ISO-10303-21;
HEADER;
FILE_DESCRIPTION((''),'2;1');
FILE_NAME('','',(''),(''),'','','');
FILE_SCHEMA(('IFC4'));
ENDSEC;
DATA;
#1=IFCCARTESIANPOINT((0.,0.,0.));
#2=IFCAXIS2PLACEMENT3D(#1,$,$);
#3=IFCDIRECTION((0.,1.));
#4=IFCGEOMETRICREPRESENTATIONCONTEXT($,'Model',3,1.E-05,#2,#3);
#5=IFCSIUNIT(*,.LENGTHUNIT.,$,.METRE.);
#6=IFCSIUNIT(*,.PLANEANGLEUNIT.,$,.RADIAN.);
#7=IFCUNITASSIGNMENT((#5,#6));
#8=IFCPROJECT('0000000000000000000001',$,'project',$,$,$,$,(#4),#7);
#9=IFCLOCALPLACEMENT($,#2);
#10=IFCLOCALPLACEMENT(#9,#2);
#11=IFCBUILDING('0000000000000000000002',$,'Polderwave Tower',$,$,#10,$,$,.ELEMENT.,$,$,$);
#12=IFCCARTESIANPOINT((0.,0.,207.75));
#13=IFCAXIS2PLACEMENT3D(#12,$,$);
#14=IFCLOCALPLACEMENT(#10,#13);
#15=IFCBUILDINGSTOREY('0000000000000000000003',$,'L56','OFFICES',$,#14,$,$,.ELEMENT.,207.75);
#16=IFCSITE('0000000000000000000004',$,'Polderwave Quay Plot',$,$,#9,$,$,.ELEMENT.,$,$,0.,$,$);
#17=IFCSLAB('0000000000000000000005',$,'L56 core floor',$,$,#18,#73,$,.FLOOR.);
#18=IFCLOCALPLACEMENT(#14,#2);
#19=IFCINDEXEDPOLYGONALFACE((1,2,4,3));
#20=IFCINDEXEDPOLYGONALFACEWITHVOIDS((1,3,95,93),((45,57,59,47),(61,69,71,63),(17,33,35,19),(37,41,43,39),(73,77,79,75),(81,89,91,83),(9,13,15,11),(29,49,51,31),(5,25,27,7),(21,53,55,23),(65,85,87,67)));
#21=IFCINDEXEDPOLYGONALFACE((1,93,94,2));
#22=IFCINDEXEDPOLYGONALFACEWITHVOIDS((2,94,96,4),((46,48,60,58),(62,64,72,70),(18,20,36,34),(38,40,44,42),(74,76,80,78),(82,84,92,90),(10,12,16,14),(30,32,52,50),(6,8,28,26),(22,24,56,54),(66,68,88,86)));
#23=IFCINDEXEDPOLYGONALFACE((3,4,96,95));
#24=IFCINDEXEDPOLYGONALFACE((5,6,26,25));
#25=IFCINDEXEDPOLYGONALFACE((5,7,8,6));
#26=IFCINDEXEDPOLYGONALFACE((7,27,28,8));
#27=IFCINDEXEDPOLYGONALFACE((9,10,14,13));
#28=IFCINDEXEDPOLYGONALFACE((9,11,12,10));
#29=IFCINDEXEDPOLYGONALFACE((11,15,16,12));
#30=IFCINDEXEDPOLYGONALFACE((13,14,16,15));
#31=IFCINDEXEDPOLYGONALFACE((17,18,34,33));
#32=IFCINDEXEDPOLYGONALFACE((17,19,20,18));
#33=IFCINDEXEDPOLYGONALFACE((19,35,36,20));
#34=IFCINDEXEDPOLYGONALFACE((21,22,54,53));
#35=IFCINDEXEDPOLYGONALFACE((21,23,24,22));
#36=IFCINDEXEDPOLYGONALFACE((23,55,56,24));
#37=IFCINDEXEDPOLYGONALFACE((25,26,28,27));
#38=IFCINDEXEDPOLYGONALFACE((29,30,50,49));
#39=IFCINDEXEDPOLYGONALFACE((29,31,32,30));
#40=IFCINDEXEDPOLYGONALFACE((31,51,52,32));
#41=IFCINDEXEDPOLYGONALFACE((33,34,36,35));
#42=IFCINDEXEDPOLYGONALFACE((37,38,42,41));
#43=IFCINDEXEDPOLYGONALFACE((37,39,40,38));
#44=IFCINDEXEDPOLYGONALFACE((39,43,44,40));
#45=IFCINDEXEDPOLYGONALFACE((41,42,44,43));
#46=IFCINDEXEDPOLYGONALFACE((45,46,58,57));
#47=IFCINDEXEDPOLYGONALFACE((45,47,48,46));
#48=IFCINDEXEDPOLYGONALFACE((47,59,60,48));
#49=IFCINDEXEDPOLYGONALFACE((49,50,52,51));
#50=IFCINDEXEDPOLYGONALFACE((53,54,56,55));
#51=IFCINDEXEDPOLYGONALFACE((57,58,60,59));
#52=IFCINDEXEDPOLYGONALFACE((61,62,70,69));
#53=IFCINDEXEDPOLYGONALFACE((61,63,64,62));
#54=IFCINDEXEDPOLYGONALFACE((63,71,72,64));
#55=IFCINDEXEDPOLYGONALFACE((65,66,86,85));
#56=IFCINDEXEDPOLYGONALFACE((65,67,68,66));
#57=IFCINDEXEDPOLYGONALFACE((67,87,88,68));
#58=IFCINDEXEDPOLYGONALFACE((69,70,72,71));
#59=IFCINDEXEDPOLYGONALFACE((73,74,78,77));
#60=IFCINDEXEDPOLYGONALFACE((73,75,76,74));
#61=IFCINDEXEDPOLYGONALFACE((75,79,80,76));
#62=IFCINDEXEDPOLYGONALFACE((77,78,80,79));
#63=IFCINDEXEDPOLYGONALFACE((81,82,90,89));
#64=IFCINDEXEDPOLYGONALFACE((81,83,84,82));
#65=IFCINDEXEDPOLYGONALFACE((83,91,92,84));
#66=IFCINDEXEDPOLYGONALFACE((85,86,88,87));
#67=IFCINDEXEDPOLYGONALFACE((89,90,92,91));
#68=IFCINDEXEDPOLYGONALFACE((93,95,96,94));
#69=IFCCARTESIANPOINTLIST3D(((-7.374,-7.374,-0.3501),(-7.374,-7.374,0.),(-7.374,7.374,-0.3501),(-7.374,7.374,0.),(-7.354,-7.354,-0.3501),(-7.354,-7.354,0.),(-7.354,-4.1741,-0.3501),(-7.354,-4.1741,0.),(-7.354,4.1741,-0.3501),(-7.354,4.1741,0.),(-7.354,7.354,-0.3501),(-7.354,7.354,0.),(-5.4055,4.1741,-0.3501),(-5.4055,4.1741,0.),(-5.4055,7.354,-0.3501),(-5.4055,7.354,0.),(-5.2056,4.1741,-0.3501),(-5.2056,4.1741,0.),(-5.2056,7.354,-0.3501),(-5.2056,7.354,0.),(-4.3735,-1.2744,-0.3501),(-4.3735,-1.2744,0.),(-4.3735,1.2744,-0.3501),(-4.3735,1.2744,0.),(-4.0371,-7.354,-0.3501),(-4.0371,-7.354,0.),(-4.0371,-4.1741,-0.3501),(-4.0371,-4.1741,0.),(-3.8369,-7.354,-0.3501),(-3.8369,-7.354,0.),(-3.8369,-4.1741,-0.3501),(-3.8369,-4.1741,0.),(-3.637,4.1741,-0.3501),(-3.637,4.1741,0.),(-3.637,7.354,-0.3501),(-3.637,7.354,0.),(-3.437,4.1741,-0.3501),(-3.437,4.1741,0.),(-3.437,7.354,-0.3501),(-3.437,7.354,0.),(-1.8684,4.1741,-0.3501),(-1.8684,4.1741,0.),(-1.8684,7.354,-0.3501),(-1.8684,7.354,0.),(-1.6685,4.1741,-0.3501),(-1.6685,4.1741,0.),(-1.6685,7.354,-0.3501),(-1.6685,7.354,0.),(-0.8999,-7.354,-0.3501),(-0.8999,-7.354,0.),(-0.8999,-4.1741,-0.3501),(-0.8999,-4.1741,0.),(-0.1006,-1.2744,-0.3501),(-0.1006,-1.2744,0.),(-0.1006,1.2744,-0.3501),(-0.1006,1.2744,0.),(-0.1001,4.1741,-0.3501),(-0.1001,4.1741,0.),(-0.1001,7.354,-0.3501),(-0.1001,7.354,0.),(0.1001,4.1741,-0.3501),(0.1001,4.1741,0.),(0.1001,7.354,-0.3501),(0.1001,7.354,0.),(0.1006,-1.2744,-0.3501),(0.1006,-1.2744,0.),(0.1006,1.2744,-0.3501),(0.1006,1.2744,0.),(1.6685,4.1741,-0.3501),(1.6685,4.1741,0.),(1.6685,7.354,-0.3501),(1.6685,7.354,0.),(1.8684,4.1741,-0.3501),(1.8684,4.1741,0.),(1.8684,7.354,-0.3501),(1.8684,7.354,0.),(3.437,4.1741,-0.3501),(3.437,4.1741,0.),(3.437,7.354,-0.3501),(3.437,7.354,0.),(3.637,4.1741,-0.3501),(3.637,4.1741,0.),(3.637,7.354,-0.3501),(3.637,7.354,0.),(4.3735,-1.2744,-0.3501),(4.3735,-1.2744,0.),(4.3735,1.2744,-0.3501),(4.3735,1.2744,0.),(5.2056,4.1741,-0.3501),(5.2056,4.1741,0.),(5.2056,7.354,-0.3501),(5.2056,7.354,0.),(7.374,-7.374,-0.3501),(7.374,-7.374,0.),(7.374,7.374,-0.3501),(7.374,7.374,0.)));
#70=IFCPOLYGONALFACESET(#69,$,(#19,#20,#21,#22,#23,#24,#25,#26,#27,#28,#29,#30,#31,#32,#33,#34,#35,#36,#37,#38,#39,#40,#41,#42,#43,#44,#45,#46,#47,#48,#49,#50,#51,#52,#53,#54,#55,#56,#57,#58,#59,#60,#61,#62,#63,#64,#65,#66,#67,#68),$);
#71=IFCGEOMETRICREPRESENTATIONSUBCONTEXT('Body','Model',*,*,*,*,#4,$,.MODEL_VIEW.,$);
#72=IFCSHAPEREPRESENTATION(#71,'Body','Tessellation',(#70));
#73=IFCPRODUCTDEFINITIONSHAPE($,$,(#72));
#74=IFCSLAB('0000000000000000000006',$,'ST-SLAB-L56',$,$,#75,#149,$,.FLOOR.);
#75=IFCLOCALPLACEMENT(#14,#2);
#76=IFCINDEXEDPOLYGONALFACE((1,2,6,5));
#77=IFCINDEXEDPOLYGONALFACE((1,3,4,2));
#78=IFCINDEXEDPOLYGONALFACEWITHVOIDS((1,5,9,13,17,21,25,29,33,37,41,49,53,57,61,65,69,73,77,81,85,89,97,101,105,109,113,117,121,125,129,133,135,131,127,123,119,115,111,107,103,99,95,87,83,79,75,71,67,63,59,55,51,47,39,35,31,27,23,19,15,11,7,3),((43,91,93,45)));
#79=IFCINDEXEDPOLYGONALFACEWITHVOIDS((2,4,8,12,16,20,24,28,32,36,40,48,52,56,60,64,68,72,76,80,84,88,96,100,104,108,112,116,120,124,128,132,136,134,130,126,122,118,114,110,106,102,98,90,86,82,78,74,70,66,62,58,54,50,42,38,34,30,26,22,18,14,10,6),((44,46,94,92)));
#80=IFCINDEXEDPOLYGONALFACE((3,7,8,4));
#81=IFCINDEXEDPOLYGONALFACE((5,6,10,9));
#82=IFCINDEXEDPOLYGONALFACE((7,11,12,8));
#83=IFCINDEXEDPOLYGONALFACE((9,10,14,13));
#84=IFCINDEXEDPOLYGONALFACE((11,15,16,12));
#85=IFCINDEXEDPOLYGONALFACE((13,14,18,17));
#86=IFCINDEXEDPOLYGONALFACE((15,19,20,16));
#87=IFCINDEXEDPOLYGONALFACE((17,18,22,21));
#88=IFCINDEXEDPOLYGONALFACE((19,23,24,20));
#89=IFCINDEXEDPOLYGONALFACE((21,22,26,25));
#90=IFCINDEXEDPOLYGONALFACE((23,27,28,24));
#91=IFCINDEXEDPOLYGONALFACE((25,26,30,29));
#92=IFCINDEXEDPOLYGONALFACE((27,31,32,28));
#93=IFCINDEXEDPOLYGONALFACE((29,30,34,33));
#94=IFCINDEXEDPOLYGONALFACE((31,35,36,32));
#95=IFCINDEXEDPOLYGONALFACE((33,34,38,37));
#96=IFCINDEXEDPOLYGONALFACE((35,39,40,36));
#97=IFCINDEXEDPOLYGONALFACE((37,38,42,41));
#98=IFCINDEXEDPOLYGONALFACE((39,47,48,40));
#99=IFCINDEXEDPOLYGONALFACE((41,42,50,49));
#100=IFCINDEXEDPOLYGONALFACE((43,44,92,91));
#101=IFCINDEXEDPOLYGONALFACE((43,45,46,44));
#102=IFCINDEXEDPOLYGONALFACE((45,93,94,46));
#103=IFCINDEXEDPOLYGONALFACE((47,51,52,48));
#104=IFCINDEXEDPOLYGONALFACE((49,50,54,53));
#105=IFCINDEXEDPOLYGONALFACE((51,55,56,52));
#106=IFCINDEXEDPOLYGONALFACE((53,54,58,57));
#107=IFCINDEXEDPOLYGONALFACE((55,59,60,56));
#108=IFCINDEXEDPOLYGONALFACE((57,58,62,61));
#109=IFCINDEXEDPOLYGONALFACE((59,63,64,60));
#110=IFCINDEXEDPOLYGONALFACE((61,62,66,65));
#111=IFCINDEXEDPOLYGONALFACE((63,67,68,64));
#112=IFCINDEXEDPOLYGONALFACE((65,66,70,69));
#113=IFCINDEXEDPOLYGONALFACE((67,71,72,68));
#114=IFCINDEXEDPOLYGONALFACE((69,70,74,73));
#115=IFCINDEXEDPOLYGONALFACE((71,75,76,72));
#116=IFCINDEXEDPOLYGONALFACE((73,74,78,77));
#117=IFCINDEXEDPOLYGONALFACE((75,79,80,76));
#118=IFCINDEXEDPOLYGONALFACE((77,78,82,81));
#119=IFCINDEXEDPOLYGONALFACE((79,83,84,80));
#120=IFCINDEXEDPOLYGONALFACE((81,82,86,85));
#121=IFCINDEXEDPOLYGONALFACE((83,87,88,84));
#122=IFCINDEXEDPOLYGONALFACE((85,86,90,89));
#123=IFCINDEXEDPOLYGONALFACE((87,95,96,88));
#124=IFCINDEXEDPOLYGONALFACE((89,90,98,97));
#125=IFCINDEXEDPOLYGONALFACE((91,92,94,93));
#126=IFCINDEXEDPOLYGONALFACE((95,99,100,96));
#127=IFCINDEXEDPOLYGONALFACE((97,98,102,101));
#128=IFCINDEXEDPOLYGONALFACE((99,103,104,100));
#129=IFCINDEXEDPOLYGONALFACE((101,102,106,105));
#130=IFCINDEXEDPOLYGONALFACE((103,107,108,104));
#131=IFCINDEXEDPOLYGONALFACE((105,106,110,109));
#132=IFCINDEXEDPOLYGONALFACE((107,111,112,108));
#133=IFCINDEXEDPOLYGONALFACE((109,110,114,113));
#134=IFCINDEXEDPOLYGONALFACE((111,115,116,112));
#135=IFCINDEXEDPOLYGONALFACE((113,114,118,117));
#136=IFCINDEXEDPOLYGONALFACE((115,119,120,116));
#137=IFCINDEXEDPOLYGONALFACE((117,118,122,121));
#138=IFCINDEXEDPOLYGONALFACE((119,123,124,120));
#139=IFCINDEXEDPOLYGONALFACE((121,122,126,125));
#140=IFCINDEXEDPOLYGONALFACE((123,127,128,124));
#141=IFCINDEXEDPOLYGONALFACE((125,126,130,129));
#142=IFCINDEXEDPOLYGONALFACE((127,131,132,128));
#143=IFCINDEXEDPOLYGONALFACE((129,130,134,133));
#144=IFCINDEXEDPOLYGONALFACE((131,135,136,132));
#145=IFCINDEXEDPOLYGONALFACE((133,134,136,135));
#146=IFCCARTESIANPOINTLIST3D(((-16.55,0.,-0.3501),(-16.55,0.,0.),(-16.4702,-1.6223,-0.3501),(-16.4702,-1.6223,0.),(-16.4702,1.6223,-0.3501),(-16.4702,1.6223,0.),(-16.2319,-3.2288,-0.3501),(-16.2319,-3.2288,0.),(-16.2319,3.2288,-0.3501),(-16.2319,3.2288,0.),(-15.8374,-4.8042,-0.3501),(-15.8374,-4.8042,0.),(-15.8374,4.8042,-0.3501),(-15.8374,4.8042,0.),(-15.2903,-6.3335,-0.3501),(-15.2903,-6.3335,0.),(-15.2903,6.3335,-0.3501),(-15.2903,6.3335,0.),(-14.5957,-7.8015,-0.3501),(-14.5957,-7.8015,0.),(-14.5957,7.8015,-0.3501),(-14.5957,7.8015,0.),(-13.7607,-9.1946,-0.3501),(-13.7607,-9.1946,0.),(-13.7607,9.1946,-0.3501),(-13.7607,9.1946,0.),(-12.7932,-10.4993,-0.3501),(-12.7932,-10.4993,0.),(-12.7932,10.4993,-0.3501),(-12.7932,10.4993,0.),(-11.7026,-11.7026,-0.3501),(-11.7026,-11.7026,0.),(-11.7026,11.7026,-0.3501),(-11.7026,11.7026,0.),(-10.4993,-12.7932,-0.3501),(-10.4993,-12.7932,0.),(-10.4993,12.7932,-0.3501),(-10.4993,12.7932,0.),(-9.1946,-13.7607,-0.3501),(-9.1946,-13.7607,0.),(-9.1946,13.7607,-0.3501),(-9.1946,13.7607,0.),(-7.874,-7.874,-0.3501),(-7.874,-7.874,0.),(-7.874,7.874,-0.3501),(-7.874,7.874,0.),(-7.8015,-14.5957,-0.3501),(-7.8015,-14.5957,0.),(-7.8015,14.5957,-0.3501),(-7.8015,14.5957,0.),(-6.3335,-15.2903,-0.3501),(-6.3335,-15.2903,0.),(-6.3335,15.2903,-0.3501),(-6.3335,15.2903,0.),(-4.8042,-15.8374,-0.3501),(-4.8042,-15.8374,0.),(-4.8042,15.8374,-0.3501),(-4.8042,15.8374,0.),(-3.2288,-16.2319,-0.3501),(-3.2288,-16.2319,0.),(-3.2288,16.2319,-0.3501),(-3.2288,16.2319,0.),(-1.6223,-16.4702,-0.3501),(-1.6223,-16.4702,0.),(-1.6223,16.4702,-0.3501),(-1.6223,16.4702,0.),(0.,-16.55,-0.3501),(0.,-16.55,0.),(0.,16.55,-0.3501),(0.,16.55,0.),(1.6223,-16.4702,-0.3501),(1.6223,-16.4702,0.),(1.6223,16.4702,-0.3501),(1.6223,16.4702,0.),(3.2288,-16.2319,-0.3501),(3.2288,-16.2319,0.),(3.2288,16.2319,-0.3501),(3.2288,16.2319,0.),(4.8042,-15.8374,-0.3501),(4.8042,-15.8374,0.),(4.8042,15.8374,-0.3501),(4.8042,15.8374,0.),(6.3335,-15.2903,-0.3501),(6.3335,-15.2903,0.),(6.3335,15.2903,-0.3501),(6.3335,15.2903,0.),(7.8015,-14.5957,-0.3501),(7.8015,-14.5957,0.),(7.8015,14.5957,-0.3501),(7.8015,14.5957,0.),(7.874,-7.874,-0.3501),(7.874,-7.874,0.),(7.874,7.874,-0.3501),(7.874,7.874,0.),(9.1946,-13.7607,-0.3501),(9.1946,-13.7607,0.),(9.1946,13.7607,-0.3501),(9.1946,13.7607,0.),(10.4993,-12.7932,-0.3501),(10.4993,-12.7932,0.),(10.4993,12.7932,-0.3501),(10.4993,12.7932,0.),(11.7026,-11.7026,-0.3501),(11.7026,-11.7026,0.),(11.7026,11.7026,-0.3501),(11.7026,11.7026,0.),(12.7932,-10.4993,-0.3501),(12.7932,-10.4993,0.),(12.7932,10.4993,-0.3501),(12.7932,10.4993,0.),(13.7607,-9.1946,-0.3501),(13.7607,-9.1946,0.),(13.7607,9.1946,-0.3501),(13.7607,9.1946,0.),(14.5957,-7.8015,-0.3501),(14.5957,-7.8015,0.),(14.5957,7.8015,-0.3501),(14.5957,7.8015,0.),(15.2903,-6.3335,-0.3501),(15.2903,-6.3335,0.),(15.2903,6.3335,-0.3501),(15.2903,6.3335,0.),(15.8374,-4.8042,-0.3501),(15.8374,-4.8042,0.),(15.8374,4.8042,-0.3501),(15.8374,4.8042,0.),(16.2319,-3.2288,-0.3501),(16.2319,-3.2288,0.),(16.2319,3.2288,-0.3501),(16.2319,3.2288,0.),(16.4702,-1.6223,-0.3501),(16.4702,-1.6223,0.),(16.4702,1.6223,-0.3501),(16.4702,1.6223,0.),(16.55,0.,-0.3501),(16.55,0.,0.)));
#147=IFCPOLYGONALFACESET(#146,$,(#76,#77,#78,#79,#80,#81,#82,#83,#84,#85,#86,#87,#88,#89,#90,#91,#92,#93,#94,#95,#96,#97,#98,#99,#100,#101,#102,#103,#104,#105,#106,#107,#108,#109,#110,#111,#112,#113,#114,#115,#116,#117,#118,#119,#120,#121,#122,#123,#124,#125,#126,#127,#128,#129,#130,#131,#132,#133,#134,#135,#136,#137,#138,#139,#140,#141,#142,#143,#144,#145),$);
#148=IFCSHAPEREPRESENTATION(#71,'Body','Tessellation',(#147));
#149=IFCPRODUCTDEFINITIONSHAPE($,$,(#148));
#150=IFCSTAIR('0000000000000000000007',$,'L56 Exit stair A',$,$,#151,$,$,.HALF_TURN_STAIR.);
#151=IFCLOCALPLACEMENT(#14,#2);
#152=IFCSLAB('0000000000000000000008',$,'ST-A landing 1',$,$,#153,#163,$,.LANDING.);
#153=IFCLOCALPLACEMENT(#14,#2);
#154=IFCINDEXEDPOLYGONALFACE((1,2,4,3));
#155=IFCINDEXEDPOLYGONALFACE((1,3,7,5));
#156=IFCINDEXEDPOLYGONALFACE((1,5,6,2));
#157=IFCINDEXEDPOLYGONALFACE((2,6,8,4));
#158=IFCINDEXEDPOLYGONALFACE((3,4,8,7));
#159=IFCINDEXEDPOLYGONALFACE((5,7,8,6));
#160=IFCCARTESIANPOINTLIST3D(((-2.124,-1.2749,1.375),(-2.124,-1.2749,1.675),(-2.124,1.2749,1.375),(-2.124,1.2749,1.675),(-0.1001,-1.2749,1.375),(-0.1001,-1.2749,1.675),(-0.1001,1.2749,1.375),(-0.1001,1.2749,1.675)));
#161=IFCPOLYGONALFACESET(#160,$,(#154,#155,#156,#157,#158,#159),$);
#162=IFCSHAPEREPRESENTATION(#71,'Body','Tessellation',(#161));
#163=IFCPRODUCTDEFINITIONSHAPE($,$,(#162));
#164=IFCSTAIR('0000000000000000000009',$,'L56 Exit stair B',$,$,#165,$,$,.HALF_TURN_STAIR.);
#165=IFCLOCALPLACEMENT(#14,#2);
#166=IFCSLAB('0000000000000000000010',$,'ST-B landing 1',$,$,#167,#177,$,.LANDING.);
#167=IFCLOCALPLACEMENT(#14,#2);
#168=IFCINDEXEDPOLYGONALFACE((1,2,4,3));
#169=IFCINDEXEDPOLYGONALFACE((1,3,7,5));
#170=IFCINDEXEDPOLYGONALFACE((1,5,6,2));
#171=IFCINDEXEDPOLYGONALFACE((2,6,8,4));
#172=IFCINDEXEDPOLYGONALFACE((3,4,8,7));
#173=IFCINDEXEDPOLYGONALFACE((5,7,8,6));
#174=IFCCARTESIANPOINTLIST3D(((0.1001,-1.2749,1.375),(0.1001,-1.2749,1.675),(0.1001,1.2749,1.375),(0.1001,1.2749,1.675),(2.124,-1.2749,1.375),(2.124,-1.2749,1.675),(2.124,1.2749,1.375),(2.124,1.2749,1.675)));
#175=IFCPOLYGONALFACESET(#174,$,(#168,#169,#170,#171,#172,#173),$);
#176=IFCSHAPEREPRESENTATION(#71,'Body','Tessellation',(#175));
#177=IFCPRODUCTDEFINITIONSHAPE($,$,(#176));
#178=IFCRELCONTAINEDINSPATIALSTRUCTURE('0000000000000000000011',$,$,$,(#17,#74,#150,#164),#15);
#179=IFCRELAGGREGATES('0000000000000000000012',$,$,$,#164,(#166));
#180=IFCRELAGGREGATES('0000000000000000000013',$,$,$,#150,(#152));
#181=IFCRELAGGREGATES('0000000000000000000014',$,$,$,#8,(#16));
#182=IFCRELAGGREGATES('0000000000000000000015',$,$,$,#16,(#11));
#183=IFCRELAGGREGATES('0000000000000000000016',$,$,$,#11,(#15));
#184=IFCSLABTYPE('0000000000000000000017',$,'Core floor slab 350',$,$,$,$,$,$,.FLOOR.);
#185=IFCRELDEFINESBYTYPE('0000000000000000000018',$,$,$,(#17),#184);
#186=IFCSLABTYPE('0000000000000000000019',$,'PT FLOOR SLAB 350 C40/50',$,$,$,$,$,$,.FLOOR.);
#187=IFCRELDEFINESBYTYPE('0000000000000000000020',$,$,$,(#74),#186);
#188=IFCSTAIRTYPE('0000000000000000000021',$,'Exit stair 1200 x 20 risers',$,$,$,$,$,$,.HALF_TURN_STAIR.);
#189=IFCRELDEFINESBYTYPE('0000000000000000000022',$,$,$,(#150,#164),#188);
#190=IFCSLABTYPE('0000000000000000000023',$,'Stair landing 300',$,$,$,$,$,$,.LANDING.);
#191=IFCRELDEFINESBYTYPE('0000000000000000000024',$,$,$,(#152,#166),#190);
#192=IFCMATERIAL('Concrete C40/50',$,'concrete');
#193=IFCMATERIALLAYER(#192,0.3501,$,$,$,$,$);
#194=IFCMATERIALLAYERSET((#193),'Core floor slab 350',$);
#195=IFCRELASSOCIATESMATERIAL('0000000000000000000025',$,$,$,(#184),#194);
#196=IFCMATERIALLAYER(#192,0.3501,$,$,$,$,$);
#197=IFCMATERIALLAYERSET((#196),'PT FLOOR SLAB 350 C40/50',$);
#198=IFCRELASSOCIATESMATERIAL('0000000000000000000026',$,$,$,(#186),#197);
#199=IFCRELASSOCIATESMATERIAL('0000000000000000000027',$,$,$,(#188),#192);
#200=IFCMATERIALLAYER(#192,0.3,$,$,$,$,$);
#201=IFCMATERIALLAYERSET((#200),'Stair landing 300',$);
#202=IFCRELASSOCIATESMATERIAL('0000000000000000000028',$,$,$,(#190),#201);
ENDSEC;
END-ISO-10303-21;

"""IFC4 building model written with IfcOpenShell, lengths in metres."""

from ifc_helpers import new_model, si_unit, direction, frame, origin, place, context, subcontext, project, spatial, polyline, outline, extrude, material, layer, layer_set, type_object, element, aggregate, save


model = new_model("IFC4")

# Units and contexts
model_context = context("Model", 3, precision=1e-05, world=origin(), true_north=direction((0.0, 1.0)))
body_context = subcontext(model_context, "Body", "Model", "MODEL_VIEW")
ifc_project = project(units=[si_unit("LENGTHUNIT", "METRE"), si_unit("PLANEANGLEUNIT", "RADIAN")], contexts=[model_context])

# Site, building, storey
site_placement = place(None, origin())
site = spatial("IfcSite", under=ifc_project, at=site_placement, Name="Polderwave Quay Plot", CompositionType="ELEMENT", RefElevation=0.0)
building_placement = place(site_placement, origin())
building = spatial("IfcBuilding", under=site, at=building_placement, Name="Polderwave Tower", CompositionType="ELEMENT")
storey_placement = place(building_placement, frame((0.0, 0.0, 207.75)))
storey = spatial("IfcBuildingStorey", under=building, at=storey_placement, Name="L56", Description="OFFICES", CompositionType="ELEMENT", Elevation=207.75)

# Slabs
ifc_material_1 = material(Name="Concrete C40/50", Category="concrete")
ifc_layer_1 = layer(ifc_material_1, 0.3501)
ifc_layer_set_1 = layer_set([ifc_layer_1], Name="Core floor slab 350")
slab_type_1 = type_object("IfcSlabType", Name="Core floor slab 350", PredefinedType="FLOOR", material=ifc_layer_set_1)
slab_1_placement = place(storey_placement, frame((0.0, 0.0, -0.3501)))
element("IfcSlab", 1, at=slab_1_placement, inside=storey, type_object=slab_type_1, Name="L56 core floor", PredefinedType="FLOOR", context=body_context, shape_type="SweptSolid", body=[
    extrude(outline(polyline([(-7.374, -7.374), (7.374, -7.374), (7.374, 7.374), (-7.374, 7.374), (-7.374, -7.374)]), holes=[polyline([(-7.354, -7.354), (-4.0371, -7.354), (-4.0371, -4.1741), (-7.354, -4.1741), (-7.354, -7.354)]), polyline([(-3.8369, -7.354), (-0.8999, -7.354), (-0.8999, -4.1741), (-3.8369, -4.1741), (-3.8369, -7.354)]), polyline([(-7.354, 4.1741), (-5.4055, 4.1741), (-5.4055, 7.354), (-7.354, 7.354), (-7.354, 4.1741)]), polyline([(-5.2056, 4.1741), (-3.637, 4.1741), (-3.637, 7.354), (-5.2056, 7.354), (-5.2056, 4.1741)]), polyline([(-3.437, 4.1741), (-1.8684, 4.1741), (-1.8684, 7.354), (-3.437, 7.354), (-3.437, 4.1741)]), polyline([(-1.6685, 4.1741), (-0.1001, 4.1741), (-0.1001, 7.354), (-1.6685, 7.354), (-1.6685, 4.1741)]), polyline([(0.1001, 4.1741), (1.6685, 4.1741), (1.6685, 7.354), (0.1001, 7.354), (0.1001, 4.1741)]), polyline([(1.8684, 4.1741), (3.437, 4.1741), (3.437, 7.354), (1.8684, 7.354), (1.8684, 4.1741)]), polyline([(3.637, 4.1741), (5.2056, 4.1741), (5.2056, 7.354), (3.637, 7.354), (3.637, 4.1741)]), polyline([(-4.3735, -1.2744), (-0.1006, -1.2744), (-0.1006, 1.2744), (-4.3735, 1.2744), (-4.3735, -1.2744)]), polyline([(0.1006, -1.2744), (4.3735, -1.2744), (4.3735, 1.2744), (0.1006, 1.2744), (0.1006, -1.2744)])]), origin(), (0.0, 0.0, 1.0), 0.3501),
])
ifc_layer_2 = layer(ifc_material_1, 0.3501)
ifc_layer_set_2 = layer_set([ifc_layer_2], Name="PT FLOOR SLAB 350 C40/50")
slab_type_2 = type_object("IfcSlabType", Name="PT FLOOR SLAB 350 C40/50", PredefinedType="FLOOR", material=ifc_layer_set_2)
slab_2_placement = place(storey_placement, frame((0.0, 0.0, -0.3501)))
element("IfcSlab", 2, at=slab_2_placement, inside=storey, type_object=slab_type_2, Name="ST-SLAB-L56", PredefinedType="FLOOR", context=body_context, shape_type="SweptSolid", body=[
    extrude(outline(polyline([(16.55, 0.0), (16.4702, 1.6223), (16.2319, 3.2288), (15.8374, 4.8042), (15.2903, 6.3335), (14.5957, 7.8015), (13.7607, 9.1946), (12.7932, 10.4993), (11.7026, 11.7026), (10.4993, 12.7932), (9.1946, 13.7607), (7.8015, 14.5957), (6.3335, 15.2903), (4.8042, 15.8374), (3.2288, 16.2319), (1.6223, 16.4702), (0.0, 16.55), (-1.6223, 16.4702), (-3.2288, 16.2319), (-4.8042, 15.8374), (-6.3335, 15.2903), (-7.8015, 14.5957), (-9.1946, 13.7607), (-10.4993, 12.7932), (-11.7026, 11.7026), (-12.7932, 10.4993), (-13.7607, 9.1946), (-14.5957, 7.8015), (-15.2903, 6.3335), (-15.8374, 4.8042), (-16.2319, 3.2288), (-16.4702, 1.6223), (-16.55, 0.0), (-16.4702, -1.6223), (-16.2319, -3.2288), (-15.8374, -4.8042), (-15.2903, -6.3335), (-14.5957, -7.8015), (-13.7607, -9.1946), (-12.7932, -10.4993), (-11.7026, -11.7026), (-10.4993, -12.7932), (-9.1946, -13.7607), (-7.8015, -14.5957), (-6.3335, -15.2903), (-4.8042, -15.8374), (-3.2288, -16.2319), (-1.6223, -16.4702), (0.0, -16.55), (1.6223, -16.4702), (3.2288, -16.2319), (4.8042, -15.8374), (6.3335, -15.2903), (7.8015, -14.5957), (9.1946, -13.7607), (10.4993, -12.7932), (11.7026, -11.7026), (12.7932, -10.4993), (13.7607, -9.1946), (14.5957, -7.8015), (15.2903, -6.3335), (15.8374, -4.8042), (16.2319, -3.2288), (16.4702, -1.6223), (16.55, 0.0)]), holes=[polyline([(-7.874, -7.874), (7.874, -7.874), (7.874, 7.874), (-7.874, 7.874), (-7.874, -7.874)])]), origin(), (0.0, 0.0, 1.0), 0.3501),
])

# Stairs, slabs
stair_type = type_object("IfcStairType", Name="Exit stair 1200 x 20 risers", PredefinedType="HALF_TURN_STAIR", material=ifc_material_1)
stair_1_placement = place(storey_placement, origin())
stair_1 = element("IfcStair", 3, at=stair_1_placement, inside=storey, type_object=stair_type, Name="L56 Exit stair A", PredefinedType="HALF_TURN_STAIR")
ifc_layer_3 = layer(ifc_material_1, 0.3)
ifc_layer_set_3 = layer_set([ifc_layer_3], Name="Stair landing 300")
slab_type_3 = type_object("IfcSlabType", Name="Stair landing 300", PredefinedType="LANDING", material=ifc_layer_set_3)
slab_3_placement = place(storey_placement, frame((0.0, 0.0, 1.375)))
slab_3 = element("IfcSlab", 4, at=slab_3_placement, type_object=slab_type_3, Name="ST-A landing 1", PredefinedType="LANDING", context=body_context, shape_type="SweptSolid", body=[
    extrude(outline(polyline([(-2.124, -1.2749), (-0.1001, -1.2749), (-0.1001, 1.2749), (-2.124, 1.2749), (-2.124, -1.2749)])), origin(), (0.0, 0.0, 1.0), 0.3),
])
stair_2_placement = place(storey_placement, origin())
stair_2 = element("IfcStair", 5, at=stair_2_placement, inside=storey, type_object=stair_type, Name="L56 Exit stair B", PredefinedType="HALF_TURN_STAIR")
slab_4_placement = place(storey_placement, frame((0.0, 0.0, 1.375)))
slab_4 = element("IfcSlab", 6, at=slab_4_placement, type_object=slab_type_3, Name="ST-B landing 1", PredefinedType="LANDING", context=body_context, shape_type="SweptSolid", body=[
    extrude(outline(polyline([(2.124, 1.2749), (0.1001, 1.2749), (0.1001, -1.2749), (2.124, -1.2749), (2.124, 1.2749)])), origin(), (0.0, 0.0, 1.0), 0.3),
])
aggregate(stair_2, [slab_4])

aggregate(stair_1, [slab_3])

save(model, "model.ifc")
